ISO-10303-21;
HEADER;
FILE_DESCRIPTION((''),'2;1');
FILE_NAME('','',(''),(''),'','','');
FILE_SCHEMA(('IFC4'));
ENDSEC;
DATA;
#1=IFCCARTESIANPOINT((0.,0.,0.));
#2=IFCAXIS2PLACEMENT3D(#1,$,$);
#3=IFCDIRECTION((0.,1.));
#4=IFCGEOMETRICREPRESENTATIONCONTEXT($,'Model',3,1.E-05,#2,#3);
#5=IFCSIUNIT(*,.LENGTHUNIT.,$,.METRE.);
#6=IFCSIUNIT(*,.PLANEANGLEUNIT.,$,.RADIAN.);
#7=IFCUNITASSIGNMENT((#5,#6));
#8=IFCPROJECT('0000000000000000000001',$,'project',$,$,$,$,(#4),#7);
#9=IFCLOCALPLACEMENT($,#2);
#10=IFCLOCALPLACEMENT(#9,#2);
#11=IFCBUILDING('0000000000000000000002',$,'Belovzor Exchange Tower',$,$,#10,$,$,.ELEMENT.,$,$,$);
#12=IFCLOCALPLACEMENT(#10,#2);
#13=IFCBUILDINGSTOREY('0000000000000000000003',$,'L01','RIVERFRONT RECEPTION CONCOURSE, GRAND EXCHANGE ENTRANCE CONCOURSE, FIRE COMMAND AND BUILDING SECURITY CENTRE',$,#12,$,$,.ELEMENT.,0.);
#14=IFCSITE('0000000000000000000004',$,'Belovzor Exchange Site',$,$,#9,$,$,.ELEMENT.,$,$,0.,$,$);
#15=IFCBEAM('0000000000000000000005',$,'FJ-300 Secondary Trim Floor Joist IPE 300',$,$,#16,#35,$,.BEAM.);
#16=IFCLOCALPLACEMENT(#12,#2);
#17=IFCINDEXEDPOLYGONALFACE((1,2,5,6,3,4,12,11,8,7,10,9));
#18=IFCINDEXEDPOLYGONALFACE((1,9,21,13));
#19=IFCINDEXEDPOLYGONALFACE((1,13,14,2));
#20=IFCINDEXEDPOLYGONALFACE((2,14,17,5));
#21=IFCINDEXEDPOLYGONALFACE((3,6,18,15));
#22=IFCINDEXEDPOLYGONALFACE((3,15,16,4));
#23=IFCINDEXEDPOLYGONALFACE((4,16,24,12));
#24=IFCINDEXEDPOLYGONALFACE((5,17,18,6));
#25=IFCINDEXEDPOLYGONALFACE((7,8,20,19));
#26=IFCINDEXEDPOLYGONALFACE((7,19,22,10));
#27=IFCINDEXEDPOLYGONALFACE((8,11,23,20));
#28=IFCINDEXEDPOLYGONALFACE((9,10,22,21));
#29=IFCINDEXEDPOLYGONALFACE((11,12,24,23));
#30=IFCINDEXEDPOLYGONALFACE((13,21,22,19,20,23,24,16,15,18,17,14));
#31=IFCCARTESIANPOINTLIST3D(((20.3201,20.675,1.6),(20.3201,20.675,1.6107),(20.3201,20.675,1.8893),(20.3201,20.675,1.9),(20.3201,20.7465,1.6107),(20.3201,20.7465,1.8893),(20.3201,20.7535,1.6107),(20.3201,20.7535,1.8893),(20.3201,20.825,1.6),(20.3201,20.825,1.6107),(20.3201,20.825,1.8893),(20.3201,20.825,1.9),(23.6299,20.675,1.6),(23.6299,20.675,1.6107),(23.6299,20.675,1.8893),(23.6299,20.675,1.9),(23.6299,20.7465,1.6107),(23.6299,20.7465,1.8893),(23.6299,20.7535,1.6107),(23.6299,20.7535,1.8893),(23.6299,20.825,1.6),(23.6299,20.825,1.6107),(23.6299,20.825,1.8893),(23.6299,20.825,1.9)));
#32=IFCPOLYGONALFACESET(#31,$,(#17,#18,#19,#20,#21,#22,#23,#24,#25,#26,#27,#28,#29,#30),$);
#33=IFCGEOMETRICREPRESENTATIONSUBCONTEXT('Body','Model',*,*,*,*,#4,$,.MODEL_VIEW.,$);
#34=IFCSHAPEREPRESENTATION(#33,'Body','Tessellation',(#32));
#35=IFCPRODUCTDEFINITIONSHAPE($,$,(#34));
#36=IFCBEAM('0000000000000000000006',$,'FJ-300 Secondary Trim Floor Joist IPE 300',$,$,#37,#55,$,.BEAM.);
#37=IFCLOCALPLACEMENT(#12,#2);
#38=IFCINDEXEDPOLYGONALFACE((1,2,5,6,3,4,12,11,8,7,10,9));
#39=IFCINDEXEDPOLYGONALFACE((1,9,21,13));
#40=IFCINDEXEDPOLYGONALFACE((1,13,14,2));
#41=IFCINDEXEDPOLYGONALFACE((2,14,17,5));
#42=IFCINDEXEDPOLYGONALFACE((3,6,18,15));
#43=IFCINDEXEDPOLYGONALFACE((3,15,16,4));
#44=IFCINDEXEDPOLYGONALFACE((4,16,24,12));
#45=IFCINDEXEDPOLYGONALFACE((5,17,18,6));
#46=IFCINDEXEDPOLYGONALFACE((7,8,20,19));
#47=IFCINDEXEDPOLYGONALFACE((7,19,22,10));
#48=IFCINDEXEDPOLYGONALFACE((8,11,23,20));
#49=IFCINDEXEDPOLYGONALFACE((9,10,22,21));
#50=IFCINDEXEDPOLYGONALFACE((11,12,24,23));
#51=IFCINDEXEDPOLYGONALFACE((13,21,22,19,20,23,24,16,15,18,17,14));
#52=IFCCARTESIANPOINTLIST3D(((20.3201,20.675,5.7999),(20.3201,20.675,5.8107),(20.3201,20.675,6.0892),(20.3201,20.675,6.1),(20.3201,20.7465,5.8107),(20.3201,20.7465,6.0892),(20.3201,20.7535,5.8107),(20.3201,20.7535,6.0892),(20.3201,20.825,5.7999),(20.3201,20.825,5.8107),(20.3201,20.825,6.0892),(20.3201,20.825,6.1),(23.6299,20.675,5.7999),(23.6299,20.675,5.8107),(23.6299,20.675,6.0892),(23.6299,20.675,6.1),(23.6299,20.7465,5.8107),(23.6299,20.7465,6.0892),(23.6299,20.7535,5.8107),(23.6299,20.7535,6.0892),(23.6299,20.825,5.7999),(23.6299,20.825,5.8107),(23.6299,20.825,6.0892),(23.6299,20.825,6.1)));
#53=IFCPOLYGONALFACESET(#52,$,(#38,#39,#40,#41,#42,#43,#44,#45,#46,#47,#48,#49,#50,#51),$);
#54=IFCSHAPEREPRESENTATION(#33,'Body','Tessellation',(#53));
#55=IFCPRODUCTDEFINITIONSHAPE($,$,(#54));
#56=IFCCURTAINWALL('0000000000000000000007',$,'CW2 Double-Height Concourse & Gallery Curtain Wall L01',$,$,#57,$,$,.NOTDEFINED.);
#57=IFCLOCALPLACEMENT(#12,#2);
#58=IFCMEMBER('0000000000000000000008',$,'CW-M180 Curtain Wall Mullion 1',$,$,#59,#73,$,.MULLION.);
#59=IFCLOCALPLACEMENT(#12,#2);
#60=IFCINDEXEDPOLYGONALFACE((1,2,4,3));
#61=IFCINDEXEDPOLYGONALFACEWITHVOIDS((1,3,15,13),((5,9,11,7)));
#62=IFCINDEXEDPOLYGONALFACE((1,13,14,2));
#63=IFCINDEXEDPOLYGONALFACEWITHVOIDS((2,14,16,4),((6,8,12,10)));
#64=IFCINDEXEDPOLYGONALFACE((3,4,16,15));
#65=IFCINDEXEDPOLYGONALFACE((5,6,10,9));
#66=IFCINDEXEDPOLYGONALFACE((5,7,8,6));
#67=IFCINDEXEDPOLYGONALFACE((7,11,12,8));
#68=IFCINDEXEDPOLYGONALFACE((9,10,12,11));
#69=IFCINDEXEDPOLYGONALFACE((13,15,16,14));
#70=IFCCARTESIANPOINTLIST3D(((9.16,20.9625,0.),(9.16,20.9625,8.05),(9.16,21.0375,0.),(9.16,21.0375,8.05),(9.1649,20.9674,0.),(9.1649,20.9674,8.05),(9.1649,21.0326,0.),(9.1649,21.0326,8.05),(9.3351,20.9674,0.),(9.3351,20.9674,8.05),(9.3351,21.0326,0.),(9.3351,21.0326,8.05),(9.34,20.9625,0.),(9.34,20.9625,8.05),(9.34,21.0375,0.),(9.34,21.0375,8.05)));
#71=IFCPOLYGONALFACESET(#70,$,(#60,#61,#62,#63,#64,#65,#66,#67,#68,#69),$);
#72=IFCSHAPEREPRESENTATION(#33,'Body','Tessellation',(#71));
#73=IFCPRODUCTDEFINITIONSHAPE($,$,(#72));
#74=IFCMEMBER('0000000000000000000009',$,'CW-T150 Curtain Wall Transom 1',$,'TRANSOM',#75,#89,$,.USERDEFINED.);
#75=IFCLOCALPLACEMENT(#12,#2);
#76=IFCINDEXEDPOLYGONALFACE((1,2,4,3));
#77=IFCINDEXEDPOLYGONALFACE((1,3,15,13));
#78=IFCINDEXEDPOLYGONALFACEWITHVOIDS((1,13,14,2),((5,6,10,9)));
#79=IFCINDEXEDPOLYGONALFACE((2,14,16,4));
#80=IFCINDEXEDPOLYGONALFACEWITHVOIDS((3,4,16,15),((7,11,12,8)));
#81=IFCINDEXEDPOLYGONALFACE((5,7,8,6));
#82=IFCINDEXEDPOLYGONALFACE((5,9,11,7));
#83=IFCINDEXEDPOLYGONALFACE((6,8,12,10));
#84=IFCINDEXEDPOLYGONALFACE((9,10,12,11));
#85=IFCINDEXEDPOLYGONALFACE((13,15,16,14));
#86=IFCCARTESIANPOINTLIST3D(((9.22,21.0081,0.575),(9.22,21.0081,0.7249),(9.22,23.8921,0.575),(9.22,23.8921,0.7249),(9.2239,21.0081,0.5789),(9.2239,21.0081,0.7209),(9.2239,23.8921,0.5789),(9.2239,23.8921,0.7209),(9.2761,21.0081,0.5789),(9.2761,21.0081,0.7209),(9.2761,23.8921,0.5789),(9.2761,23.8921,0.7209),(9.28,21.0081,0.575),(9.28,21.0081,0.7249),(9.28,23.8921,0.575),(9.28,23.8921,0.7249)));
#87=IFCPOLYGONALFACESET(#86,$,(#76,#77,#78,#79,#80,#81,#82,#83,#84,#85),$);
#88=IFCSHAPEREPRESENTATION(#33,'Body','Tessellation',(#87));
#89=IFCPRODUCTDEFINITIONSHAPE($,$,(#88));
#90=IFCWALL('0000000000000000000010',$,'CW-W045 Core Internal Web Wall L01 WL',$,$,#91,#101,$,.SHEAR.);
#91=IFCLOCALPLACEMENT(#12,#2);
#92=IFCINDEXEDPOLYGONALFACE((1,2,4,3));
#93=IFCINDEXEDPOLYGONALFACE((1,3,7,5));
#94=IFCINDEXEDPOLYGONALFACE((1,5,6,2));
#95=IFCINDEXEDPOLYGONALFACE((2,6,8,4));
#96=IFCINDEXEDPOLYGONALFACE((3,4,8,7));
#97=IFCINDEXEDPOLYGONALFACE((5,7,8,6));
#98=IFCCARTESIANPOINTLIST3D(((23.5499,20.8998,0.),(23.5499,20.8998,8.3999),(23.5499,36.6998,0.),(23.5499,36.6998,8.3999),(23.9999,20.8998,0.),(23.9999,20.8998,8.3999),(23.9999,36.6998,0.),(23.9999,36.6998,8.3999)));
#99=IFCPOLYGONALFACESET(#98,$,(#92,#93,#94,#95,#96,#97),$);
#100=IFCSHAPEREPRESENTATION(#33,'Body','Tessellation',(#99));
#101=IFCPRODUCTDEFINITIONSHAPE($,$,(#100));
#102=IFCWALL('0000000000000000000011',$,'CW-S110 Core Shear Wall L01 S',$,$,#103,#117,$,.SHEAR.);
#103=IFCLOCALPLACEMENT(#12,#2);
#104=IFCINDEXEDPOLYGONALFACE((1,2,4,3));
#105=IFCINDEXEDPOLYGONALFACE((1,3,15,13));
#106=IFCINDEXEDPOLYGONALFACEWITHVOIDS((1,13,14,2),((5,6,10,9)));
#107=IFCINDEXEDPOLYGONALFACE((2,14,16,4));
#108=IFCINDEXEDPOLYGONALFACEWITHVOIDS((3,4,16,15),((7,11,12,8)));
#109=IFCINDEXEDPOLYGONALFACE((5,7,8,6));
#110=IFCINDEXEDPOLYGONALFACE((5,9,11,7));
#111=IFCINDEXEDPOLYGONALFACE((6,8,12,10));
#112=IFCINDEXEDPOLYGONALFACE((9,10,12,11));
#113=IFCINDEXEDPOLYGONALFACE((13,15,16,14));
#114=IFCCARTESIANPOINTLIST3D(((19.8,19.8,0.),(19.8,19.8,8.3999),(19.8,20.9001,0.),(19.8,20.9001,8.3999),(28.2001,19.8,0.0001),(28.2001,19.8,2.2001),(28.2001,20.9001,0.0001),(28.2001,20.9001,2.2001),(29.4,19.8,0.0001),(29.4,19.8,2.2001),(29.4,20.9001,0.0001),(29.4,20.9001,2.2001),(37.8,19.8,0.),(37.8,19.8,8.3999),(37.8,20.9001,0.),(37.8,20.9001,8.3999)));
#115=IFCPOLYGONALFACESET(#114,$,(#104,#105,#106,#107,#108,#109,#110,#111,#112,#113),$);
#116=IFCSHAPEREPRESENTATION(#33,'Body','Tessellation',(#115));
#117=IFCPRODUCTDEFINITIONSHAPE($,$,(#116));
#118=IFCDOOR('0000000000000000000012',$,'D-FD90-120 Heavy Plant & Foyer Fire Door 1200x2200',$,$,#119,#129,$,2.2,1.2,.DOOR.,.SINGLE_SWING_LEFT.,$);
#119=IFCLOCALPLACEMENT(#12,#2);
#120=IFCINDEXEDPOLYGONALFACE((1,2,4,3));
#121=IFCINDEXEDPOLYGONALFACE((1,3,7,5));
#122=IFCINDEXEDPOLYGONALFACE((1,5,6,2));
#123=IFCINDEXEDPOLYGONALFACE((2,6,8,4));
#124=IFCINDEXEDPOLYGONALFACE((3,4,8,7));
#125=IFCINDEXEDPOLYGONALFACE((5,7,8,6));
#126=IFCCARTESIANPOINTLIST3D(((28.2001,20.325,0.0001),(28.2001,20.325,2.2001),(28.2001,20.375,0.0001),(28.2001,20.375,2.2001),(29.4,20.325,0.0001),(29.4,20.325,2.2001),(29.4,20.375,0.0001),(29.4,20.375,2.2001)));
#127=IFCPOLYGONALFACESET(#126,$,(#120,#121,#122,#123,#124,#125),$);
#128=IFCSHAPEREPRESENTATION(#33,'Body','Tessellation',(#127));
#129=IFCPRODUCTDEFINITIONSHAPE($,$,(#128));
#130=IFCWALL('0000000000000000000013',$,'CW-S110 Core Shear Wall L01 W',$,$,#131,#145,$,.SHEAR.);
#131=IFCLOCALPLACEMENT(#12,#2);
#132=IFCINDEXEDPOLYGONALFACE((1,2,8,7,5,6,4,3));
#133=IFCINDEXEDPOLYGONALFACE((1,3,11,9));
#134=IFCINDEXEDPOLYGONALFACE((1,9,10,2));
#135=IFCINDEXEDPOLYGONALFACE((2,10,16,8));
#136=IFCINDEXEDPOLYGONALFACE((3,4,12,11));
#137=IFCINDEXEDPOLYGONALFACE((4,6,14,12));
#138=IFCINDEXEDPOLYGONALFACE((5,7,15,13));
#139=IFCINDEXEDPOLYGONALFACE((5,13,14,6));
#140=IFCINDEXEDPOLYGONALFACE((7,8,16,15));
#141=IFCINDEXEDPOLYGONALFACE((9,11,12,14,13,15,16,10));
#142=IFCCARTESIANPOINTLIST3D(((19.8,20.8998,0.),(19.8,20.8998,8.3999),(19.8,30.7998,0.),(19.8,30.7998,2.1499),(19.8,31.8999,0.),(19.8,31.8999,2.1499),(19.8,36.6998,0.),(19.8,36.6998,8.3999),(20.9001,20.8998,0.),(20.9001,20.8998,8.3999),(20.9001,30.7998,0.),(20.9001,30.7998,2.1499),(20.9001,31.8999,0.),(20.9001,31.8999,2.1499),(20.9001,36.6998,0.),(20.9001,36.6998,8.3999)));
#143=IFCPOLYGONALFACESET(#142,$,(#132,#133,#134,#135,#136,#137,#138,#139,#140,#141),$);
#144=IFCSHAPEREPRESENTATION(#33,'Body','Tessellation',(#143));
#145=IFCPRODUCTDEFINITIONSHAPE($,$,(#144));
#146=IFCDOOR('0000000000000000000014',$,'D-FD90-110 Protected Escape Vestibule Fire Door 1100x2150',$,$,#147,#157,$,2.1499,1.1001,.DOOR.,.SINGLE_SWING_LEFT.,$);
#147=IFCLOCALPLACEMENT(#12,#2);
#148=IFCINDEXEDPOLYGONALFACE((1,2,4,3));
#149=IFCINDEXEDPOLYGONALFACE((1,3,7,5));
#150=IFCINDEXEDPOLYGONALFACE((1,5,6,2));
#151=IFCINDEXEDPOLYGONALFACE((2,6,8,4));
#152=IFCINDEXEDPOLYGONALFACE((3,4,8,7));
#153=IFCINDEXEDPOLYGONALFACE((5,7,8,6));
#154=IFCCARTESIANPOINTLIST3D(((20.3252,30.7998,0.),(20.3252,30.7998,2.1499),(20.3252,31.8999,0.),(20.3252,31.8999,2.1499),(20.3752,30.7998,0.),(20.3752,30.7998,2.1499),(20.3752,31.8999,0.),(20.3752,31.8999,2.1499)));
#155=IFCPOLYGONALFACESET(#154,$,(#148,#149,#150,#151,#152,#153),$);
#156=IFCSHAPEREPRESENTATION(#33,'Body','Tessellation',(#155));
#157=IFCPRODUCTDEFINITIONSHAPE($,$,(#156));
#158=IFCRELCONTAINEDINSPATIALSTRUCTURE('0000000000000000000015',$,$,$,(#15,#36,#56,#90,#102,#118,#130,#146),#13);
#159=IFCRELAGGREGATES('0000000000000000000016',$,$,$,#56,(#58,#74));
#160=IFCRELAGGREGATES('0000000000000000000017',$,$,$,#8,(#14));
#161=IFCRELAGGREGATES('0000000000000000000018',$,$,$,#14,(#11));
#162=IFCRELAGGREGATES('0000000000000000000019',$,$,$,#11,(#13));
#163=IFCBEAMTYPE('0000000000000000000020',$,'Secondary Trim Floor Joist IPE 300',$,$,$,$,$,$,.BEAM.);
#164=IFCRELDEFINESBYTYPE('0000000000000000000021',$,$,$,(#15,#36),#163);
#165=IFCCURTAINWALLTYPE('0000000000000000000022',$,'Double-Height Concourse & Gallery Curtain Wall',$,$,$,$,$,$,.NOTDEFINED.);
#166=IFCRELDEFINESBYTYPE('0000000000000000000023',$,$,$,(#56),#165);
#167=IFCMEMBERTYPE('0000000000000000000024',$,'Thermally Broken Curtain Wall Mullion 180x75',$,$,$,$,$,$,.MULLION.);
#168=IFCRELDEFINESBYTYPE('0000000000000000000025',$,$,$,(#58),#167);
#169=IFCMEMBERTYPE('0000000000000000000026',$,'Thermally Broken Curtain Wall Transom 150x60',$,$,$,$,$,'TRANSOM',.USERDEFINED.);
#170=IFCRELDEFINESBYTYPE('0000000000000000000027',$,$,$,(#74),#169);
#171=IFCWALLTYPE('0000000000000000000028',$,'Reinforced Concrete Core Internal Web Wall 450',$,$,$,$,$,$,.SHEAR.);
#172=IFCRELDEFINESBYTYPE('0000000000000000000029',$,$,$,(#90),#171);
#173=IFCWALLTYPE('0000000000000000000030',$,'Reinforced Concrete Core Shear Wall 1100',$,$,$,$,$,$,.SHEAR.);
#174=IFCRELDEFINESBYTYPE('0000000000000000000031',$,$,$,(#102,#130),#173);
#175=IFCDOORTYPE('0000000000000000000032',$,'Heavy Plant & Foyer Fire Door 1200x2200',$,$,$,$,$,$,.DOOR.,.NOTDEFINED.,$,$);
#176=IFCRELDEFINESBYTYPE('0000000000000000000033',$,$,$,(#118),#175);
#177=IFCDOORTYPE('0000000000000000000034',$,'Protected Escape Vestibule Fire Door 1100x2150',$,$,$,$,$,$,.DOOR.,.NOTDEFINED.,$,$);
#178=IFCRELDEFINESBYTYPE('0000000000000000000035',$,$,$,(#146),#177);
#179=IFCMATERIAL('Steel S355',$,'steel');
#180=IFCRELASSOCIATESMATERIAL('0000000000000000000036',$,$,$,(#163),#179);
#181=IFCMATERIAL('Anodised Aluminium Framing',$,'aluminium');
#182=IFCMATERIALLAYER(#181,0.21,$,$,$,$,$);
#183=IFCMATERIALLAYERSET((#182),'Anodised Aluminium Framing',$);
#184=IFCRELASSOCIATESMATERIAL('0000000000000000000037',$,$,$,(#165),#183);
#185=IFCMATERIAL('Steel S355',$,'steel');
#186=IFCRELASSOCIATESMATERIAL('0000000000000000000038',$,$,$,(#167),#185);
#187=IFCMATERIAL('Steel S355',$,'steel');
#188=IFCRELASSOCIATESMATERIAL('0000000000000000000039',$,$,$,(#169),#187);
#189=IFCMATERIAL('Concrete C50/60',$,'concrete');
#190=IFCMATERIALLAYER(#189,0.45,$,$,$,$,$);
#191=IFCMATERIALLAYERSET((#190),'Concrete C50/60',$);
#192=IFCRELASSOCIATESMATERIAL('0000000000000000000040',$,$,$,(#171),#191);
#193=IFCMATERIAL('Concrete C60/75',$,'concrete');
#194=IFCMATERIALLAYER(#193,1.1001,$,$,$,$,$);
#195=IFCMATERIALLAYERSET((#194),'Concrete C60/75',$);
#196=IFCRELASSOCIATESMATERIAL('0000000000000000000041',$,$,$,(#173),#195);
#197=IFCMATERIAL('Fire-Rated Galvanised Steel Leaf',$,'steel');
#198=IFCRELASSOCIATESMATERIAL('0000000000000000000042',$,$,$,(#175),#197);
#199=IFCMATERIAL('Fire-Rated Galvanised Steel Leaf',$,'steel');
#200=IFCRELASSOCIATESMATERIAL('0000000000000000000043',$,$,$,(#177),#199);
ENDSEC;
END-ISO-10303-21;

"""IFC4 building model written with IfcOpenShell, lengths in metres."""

from ifc_helpers import new_model, si_unit, direction, frame, frame_2d, origin, origin_2d, place, context, subcontext, project, spatial, rectangle, hollow_rectangle, i_section, extrude, material, layer, layer_set, material_profile, profile_set, type_object, element, fill, aggregate, save


model = new_model("IFC4")

# Units and contexts
model_context = context("Model", 3, precision=1e-05, world=origin(), true_north=direction((0.0, 1.0)))
body_context = subcontext(model_context, "Body", "Model", "MODEL_VIEW")
ifc_project = project(units=[si_unit("LENGTHUNIT", "METRE"), si_unit("PLANEANGLEUNIT", "RADIAN")], contexts=[model_context])

# Site, building, storey
site_placement = place(None, origin())
site = spatial("IfcSite", under=ifc_project, at=site_placement, Name="Belovzor Exchange Site", CompositionType="ELEMENT", RefElevation=0.0)
building_placement = place(site_placement, origin())
building = spatial("IfcBuilding", under=site, at=building_placement, Name="Belovzor Exchange Tower", CompositionType="ELEMENT")
storey_placement = place(building_placement, origin())
storey = spatial("IfcBuildingStorey", under=building, at=storey_placement, Name="L01", Description="RIVERFRONT RECEPTION CONCOURSE, GRAND EXCHANGE ENTRANCE CONCOURSE, FIRE COMMAND AND BUILDING SECURITY CENTRE", CompositionType="ELEMENT", Elevation=0.0)

# Beams
ifc_material_1 = material(Name="Steel S355", Category="steel")
ifc_material_profile_1 = material_profile(ifc_material_1, i_section(OverallWidth=0.1499, OverallDepth=0.3, WebThickness=0.0071, FlangeThickness=0.0107, at=origin_2d()))
ifc_profile_set_1 = profile_set([ifc_material_profile_1], Name="Steel S355")
beam_type = type_object("IfcBeamType", Name="Secondary Trim Floor Joist IPE 300", PredefinedType="BEAM", material=ifc_profile_set_1)
for number, where, z_axis, x_axis, name in (
    (1, (20.3201, 20.75, 1.75), (1.0, 0.0, 0.0), (0.0, 1.0, 0.0), "FJ-300 Secondary Trim Floor Joist IPE 300"),
    (2, (20.3201, 20.75, 5.95), (1.0, 0.0, 0.0), (0.0, 1.0, 0.0), "FJ-300 Secondary Trim Floor Joist IPE 300"),
):
    element("IfcBeam", number, at=place(storey_placement, frame(where, z_axis=z_axis, x_axis=x_axis)), inside=storey, type_object=beam_type, Name=name, PredefinedType="BEAM", context=body_context, shape_type="SweptSolid", body=[
        extrude(i_section(OverallWidth=0.1499, OverallDepth=0.3, WebThickness=0.0071, FlangeThickness=0.0107, at=origin_2d()), origin(), (0.0, 0.0, 1.0), 3.3098),
    ])

# Curtain wall, members
ifc_material_2 = material(Name="Anodised Aluminium Framing", Category="aluminium")
ifc_layer_1 = layer(ifc_material_2, 0.21)
ifc_layer_set_1 = layer_set([ifc_layer_1], Name="Anodised Aluminium Framing")
curtain_wall_type = type_object("IfcCurtainWallType", Name="Double-Height Concourse & Gallery Curtain Wall", PredefinedType="NOTDEFINED", material=ifc_layer_set_1)
curtain_wall_placement = place(storey_placement, origin())
curtain_wall = element("IfcCurtainWall", 3, at=curtain_wall_placement, inside=storey, type_object=curtain_wall_type, Name="CW2 Double-Height Concourse & Gallery Curtain Wall L01", PredefinedType="NOTDEFINED")
ifc_material_3 = material(Name="Steel S355", Category="steel")
ifc_material_profile_2 = material_profile(ifc_material_3, hollow_rectangle(XDim=0.075, YDim=0.1799, WallThickness=0.0049, at=origin_2d()))
ifc_profile_set_2 = profile_set([ifc_material_profile_2], Name="Steel S355")
member_type_1 = type_object("IfcMemberType", Name="Thermally Broken Curtain Wall Mullion 180x75", PredefinedType="MULLION", material=ifc_profile_set_2)
member_1_placement = place(storey_placement, frame((9.25, 21.0, 0.0), z_axis=(0.0, 0.0, 1.0), x_axis=(0.0, 1.0, 0.0)))
member_1 = element("IfcMember", 4, at=member_1_placement, type_object=member_type_1, Name="CW-M180 Curtain Wall Mullion 1", PredefinedType="MULLION", context=body_context, shape_type="SweptSolid", body=[
    extrude(hollow_rectangle(XDim=0.075, YDim=0.1799, WallThickness=0.0049, at=origin_2d()), origin(), (0.0, 0.0, 1.0), 8.05),
])
ifc_material_4 = material(Name="Steel S355", Category="steel")
ifc_material_profile_3 = material_profile(ifc_material_4, hollow_rectangle(XDim=0.0601, YDim=0.1499, WallThickness=0.0039, at=origin_2d()))
ifc_profile_set_3 = profile_set([ifc_material_profile_3], Name="Steel S355")
member_type_2 = type_object("IfcMemberType", Name="Thermally Broken Curtain Wall Transom 150x60", ElementType="TRANSOM", PredefinedType="USERDEFINED", material=ifc_profile_set_3)
member_2_placement = place(storey_placement, frame((9.25, 21.0081, 0.6499), z_axis=(0.0, 1.0, 0.0), x_axis=(-1.0, 0.0, 0.0)))
member_2 = element("IfcMember", 5, at=member_2_placement, type_object=member_type_2, Name="CW-T150 Curtain Wall Transom 1", ObjectType="TRANSOM", PredefinedType="USERDEFINED", context=body_context, shape_type="SweptSolid", body=[
    extrude(hollow_rectangle(XDim=0.0601, YDim=0.1499, WallThickness=0.0039, at=origin_2d()), origin(), (0.0, 0.0, 1.0), 2.884),
])
aggregate(curtain_wall, [member_1, member_2])

# Wall
ifc_material_5 = material(Name="Concrete C50/60", Category="concrete")
ifc_layer_2 = layer(ifc_material_5, 0.45)
ifc_layer_set_2 = layer_set([ifc_layer_2], Name="Concrete C50/60")
wall_type_1 = type_object("IfcWallType", Name="Reinforced Concrete Core Internal Web Wall 450", PredefinedType="SHEAR", material=ifc_layer_set_2)
wall_1_placement = place(storey_placement, frame((23.7749, 20.8999, 0.0), z_axis=(0.0, 0.0, 1.0), x_axis=(0.0, 1.0, 0.0)))
element("IfcWall", 6, at=wall_1_placement, inside=storey, type_object=wall_type_1, Name="CW-W045 Core Internal Web Wall L01 WL", PredefinedType="SHEAR", context=body_context, shape_type="SweptSolid", body=[
    extrude(rectangle(XDim=15.8, YDim=0.45, at=frame_2d((7.8999, 0.0))), origin(), (0.0, 0.0, 1.0), 8.3999),
])

# Walls, openings, doors
ifc_material_6 = material(Name="Concrete C60/75", Category="concrete")
ifc_layer_3 = layer(ifc_material_6, 1.1001)
ifc_layer_set_3 = layer_set([ifc_layer_3], Name="Concrete C60/75")
wall_type_2 = type_object("IfcWallType", Name="Reinforced Concrete Core Shear Wall 1100", PredefinedType="SHEAR", material=ifc_layer_set_3)
wall_2_placement = place(storey_placement, frame((19.8, 20.3501, 0.0), z_axis=(0.0, 0.0, 1.0), x_axis=(1.0, 0.0, 0.0)))
wall_2 = element("IfcWall", 7, at=wall_2_placement, inside=storey, type_object=wall_type_2, Name="CW-S110 Core Shear Wall L01 S", PredefinedType="SHEAR", context=body_context, shape_type="SweptSolid", body=[
    extrude(rectangle(XDim=18.0, YDim=1.1001, at=frame_2d((9.0, 0.0))), origin(), (0.0, 0.0, 1.0), 8.3999),
])
opening_1_placement = place(wall_2_placement, frame((8.3999, 0.0, 0.0)))
opening_1 = element("IfcOpeningElement", 8, at=opening_1_placement, cuts=wall_2, PredefinedType="OPENING", context=body_context, shape_type="SweptSolid", body=[
    extrude(rectangle(XDim=1.2, YDim=2.2, at=frame_2d((0.6001, 1.1001))), frame((0.0, 0.5601, 0.0), z_axis=(0.0, -1.0, 0.0), x_axis=(1.0, 0.0, 0.0)), (0.0, 0.0, 1.0), 1.1201),
])
ifc_material_7 = material(Name="Fire-Rated Galvanised Steel Leaf", Category="steel")
door_type_1 = type_object("IfcDoorType", Name="Heavy Plant & Foyer Fire Door 1200x2200", OperationType="NOTDEFINED", PredefinedType="DOOR", material=ifc_material_7)
door_1_placement = place(opening_1_placement, origin())
door_1 = element("IfcDoor", 9, at=door_1_placement, inside=storey, type_object=door_type_1, Name="D-FD90-120 Heavy Plant & Foyer Fire Door 1200x2200", OperationType="SINGLE_SWING_LEFT", OverallHeight=2.2, OverallWidth=1.2, PredefinedType="DOOR", context=body_context, shape_type="SweptSolid", body=[
    extrude(rectangle(XDim=1.2, YDim=2.2, at=frame_2d((0.6001, 1.1001))), frame((0.0, 0.0249, 0.0), z_axis=(0.0, -1.0, 0.0), x_axis=(1.0, 0.0, 0.0)), (0.0, 0.0, 1.0), 0.05),
])
fill(opening_1, door_1)
wall_3_placement = place(storey_placement, frame((20.3501, 20.8999, 0.0), z_axis=(0.0, 0.0, 1.0), x_axis=(0.0, 1.0, 0.0)))
wall_3 = element("IfcWall", 10, at=wall_3_placement, inside=storey, type_object=wall_type_2, Name="CW-S110 Core Shear Wall L01 W", PredefinedType="SHEAR", context=body_context, shape_type="SweptSolid", body=[
    extrude(rectangle(XDim=15.8, YDim=1.1001, at=frame_2d((7.8999, 0.0))), origin(), (0.0, 0.0, 1.0), 8.3999),
])
opening_2_placement = place(wall_3_placement, frame((9.8999, 0.0, 0.0)))
opening_2 = element("IfcOpeningElement", 11, at=opening_2_placement, cuts=wall_3, PredefinedType="OPENING", context=body_context, shape_type="SweptSolid", body=[
    extrude(rectangle(XDim=1.1001, YDim=2.1499, at=frame_2d((0.55, 1.075))), frame((0.0, 0.5601, 0.0), z_axis=(0.0, -1.0, 0.0), x_axis=(1.0, 0.0, 0.0)), (0.0, 0.0, 1.0), 1.1201),
])
ifc_material_8 = material(Name="Fire-Rated Galvanised Steel Leaf", Category="steel")
door_type_2 = type_object("IfcDoorType", Name="Protected Escape Vestibule Fire Door 1100x2150", OperationType="NOTDEFINED", PredefinedType="DOOR", material=ifc_material_8)
door_2_placement = place(opening_2_placement, origin())
door_2 = element("IfcDoor", 12, at=door_2_placement, inside=storey, type_object=door_type_2, Name="D-FD90-110 Protected Escape Vestibule Fire Door 1100x2150", OperationType="SINGLE_SWING_LEFT", OverallHeight=2.1499, OverallWidth=1.1001, PredefinedType="DOOR", context=body_context, shape_type="SweptSolid", body=[
    extrude(rectangle(XDim=1.1001, YDim=2.1499, at=frame_2d((0.55, 1.075))), frame((0.0, 0.0249, 0.0), z_axis=(0.0, -1.0, 0.0), x_axis=(1.0, 0.0, 0.0)), (0.0, 0.0, 1.0), 0.05),
])
fill(opening_2, door_2)

save(model, "model.ifc")
